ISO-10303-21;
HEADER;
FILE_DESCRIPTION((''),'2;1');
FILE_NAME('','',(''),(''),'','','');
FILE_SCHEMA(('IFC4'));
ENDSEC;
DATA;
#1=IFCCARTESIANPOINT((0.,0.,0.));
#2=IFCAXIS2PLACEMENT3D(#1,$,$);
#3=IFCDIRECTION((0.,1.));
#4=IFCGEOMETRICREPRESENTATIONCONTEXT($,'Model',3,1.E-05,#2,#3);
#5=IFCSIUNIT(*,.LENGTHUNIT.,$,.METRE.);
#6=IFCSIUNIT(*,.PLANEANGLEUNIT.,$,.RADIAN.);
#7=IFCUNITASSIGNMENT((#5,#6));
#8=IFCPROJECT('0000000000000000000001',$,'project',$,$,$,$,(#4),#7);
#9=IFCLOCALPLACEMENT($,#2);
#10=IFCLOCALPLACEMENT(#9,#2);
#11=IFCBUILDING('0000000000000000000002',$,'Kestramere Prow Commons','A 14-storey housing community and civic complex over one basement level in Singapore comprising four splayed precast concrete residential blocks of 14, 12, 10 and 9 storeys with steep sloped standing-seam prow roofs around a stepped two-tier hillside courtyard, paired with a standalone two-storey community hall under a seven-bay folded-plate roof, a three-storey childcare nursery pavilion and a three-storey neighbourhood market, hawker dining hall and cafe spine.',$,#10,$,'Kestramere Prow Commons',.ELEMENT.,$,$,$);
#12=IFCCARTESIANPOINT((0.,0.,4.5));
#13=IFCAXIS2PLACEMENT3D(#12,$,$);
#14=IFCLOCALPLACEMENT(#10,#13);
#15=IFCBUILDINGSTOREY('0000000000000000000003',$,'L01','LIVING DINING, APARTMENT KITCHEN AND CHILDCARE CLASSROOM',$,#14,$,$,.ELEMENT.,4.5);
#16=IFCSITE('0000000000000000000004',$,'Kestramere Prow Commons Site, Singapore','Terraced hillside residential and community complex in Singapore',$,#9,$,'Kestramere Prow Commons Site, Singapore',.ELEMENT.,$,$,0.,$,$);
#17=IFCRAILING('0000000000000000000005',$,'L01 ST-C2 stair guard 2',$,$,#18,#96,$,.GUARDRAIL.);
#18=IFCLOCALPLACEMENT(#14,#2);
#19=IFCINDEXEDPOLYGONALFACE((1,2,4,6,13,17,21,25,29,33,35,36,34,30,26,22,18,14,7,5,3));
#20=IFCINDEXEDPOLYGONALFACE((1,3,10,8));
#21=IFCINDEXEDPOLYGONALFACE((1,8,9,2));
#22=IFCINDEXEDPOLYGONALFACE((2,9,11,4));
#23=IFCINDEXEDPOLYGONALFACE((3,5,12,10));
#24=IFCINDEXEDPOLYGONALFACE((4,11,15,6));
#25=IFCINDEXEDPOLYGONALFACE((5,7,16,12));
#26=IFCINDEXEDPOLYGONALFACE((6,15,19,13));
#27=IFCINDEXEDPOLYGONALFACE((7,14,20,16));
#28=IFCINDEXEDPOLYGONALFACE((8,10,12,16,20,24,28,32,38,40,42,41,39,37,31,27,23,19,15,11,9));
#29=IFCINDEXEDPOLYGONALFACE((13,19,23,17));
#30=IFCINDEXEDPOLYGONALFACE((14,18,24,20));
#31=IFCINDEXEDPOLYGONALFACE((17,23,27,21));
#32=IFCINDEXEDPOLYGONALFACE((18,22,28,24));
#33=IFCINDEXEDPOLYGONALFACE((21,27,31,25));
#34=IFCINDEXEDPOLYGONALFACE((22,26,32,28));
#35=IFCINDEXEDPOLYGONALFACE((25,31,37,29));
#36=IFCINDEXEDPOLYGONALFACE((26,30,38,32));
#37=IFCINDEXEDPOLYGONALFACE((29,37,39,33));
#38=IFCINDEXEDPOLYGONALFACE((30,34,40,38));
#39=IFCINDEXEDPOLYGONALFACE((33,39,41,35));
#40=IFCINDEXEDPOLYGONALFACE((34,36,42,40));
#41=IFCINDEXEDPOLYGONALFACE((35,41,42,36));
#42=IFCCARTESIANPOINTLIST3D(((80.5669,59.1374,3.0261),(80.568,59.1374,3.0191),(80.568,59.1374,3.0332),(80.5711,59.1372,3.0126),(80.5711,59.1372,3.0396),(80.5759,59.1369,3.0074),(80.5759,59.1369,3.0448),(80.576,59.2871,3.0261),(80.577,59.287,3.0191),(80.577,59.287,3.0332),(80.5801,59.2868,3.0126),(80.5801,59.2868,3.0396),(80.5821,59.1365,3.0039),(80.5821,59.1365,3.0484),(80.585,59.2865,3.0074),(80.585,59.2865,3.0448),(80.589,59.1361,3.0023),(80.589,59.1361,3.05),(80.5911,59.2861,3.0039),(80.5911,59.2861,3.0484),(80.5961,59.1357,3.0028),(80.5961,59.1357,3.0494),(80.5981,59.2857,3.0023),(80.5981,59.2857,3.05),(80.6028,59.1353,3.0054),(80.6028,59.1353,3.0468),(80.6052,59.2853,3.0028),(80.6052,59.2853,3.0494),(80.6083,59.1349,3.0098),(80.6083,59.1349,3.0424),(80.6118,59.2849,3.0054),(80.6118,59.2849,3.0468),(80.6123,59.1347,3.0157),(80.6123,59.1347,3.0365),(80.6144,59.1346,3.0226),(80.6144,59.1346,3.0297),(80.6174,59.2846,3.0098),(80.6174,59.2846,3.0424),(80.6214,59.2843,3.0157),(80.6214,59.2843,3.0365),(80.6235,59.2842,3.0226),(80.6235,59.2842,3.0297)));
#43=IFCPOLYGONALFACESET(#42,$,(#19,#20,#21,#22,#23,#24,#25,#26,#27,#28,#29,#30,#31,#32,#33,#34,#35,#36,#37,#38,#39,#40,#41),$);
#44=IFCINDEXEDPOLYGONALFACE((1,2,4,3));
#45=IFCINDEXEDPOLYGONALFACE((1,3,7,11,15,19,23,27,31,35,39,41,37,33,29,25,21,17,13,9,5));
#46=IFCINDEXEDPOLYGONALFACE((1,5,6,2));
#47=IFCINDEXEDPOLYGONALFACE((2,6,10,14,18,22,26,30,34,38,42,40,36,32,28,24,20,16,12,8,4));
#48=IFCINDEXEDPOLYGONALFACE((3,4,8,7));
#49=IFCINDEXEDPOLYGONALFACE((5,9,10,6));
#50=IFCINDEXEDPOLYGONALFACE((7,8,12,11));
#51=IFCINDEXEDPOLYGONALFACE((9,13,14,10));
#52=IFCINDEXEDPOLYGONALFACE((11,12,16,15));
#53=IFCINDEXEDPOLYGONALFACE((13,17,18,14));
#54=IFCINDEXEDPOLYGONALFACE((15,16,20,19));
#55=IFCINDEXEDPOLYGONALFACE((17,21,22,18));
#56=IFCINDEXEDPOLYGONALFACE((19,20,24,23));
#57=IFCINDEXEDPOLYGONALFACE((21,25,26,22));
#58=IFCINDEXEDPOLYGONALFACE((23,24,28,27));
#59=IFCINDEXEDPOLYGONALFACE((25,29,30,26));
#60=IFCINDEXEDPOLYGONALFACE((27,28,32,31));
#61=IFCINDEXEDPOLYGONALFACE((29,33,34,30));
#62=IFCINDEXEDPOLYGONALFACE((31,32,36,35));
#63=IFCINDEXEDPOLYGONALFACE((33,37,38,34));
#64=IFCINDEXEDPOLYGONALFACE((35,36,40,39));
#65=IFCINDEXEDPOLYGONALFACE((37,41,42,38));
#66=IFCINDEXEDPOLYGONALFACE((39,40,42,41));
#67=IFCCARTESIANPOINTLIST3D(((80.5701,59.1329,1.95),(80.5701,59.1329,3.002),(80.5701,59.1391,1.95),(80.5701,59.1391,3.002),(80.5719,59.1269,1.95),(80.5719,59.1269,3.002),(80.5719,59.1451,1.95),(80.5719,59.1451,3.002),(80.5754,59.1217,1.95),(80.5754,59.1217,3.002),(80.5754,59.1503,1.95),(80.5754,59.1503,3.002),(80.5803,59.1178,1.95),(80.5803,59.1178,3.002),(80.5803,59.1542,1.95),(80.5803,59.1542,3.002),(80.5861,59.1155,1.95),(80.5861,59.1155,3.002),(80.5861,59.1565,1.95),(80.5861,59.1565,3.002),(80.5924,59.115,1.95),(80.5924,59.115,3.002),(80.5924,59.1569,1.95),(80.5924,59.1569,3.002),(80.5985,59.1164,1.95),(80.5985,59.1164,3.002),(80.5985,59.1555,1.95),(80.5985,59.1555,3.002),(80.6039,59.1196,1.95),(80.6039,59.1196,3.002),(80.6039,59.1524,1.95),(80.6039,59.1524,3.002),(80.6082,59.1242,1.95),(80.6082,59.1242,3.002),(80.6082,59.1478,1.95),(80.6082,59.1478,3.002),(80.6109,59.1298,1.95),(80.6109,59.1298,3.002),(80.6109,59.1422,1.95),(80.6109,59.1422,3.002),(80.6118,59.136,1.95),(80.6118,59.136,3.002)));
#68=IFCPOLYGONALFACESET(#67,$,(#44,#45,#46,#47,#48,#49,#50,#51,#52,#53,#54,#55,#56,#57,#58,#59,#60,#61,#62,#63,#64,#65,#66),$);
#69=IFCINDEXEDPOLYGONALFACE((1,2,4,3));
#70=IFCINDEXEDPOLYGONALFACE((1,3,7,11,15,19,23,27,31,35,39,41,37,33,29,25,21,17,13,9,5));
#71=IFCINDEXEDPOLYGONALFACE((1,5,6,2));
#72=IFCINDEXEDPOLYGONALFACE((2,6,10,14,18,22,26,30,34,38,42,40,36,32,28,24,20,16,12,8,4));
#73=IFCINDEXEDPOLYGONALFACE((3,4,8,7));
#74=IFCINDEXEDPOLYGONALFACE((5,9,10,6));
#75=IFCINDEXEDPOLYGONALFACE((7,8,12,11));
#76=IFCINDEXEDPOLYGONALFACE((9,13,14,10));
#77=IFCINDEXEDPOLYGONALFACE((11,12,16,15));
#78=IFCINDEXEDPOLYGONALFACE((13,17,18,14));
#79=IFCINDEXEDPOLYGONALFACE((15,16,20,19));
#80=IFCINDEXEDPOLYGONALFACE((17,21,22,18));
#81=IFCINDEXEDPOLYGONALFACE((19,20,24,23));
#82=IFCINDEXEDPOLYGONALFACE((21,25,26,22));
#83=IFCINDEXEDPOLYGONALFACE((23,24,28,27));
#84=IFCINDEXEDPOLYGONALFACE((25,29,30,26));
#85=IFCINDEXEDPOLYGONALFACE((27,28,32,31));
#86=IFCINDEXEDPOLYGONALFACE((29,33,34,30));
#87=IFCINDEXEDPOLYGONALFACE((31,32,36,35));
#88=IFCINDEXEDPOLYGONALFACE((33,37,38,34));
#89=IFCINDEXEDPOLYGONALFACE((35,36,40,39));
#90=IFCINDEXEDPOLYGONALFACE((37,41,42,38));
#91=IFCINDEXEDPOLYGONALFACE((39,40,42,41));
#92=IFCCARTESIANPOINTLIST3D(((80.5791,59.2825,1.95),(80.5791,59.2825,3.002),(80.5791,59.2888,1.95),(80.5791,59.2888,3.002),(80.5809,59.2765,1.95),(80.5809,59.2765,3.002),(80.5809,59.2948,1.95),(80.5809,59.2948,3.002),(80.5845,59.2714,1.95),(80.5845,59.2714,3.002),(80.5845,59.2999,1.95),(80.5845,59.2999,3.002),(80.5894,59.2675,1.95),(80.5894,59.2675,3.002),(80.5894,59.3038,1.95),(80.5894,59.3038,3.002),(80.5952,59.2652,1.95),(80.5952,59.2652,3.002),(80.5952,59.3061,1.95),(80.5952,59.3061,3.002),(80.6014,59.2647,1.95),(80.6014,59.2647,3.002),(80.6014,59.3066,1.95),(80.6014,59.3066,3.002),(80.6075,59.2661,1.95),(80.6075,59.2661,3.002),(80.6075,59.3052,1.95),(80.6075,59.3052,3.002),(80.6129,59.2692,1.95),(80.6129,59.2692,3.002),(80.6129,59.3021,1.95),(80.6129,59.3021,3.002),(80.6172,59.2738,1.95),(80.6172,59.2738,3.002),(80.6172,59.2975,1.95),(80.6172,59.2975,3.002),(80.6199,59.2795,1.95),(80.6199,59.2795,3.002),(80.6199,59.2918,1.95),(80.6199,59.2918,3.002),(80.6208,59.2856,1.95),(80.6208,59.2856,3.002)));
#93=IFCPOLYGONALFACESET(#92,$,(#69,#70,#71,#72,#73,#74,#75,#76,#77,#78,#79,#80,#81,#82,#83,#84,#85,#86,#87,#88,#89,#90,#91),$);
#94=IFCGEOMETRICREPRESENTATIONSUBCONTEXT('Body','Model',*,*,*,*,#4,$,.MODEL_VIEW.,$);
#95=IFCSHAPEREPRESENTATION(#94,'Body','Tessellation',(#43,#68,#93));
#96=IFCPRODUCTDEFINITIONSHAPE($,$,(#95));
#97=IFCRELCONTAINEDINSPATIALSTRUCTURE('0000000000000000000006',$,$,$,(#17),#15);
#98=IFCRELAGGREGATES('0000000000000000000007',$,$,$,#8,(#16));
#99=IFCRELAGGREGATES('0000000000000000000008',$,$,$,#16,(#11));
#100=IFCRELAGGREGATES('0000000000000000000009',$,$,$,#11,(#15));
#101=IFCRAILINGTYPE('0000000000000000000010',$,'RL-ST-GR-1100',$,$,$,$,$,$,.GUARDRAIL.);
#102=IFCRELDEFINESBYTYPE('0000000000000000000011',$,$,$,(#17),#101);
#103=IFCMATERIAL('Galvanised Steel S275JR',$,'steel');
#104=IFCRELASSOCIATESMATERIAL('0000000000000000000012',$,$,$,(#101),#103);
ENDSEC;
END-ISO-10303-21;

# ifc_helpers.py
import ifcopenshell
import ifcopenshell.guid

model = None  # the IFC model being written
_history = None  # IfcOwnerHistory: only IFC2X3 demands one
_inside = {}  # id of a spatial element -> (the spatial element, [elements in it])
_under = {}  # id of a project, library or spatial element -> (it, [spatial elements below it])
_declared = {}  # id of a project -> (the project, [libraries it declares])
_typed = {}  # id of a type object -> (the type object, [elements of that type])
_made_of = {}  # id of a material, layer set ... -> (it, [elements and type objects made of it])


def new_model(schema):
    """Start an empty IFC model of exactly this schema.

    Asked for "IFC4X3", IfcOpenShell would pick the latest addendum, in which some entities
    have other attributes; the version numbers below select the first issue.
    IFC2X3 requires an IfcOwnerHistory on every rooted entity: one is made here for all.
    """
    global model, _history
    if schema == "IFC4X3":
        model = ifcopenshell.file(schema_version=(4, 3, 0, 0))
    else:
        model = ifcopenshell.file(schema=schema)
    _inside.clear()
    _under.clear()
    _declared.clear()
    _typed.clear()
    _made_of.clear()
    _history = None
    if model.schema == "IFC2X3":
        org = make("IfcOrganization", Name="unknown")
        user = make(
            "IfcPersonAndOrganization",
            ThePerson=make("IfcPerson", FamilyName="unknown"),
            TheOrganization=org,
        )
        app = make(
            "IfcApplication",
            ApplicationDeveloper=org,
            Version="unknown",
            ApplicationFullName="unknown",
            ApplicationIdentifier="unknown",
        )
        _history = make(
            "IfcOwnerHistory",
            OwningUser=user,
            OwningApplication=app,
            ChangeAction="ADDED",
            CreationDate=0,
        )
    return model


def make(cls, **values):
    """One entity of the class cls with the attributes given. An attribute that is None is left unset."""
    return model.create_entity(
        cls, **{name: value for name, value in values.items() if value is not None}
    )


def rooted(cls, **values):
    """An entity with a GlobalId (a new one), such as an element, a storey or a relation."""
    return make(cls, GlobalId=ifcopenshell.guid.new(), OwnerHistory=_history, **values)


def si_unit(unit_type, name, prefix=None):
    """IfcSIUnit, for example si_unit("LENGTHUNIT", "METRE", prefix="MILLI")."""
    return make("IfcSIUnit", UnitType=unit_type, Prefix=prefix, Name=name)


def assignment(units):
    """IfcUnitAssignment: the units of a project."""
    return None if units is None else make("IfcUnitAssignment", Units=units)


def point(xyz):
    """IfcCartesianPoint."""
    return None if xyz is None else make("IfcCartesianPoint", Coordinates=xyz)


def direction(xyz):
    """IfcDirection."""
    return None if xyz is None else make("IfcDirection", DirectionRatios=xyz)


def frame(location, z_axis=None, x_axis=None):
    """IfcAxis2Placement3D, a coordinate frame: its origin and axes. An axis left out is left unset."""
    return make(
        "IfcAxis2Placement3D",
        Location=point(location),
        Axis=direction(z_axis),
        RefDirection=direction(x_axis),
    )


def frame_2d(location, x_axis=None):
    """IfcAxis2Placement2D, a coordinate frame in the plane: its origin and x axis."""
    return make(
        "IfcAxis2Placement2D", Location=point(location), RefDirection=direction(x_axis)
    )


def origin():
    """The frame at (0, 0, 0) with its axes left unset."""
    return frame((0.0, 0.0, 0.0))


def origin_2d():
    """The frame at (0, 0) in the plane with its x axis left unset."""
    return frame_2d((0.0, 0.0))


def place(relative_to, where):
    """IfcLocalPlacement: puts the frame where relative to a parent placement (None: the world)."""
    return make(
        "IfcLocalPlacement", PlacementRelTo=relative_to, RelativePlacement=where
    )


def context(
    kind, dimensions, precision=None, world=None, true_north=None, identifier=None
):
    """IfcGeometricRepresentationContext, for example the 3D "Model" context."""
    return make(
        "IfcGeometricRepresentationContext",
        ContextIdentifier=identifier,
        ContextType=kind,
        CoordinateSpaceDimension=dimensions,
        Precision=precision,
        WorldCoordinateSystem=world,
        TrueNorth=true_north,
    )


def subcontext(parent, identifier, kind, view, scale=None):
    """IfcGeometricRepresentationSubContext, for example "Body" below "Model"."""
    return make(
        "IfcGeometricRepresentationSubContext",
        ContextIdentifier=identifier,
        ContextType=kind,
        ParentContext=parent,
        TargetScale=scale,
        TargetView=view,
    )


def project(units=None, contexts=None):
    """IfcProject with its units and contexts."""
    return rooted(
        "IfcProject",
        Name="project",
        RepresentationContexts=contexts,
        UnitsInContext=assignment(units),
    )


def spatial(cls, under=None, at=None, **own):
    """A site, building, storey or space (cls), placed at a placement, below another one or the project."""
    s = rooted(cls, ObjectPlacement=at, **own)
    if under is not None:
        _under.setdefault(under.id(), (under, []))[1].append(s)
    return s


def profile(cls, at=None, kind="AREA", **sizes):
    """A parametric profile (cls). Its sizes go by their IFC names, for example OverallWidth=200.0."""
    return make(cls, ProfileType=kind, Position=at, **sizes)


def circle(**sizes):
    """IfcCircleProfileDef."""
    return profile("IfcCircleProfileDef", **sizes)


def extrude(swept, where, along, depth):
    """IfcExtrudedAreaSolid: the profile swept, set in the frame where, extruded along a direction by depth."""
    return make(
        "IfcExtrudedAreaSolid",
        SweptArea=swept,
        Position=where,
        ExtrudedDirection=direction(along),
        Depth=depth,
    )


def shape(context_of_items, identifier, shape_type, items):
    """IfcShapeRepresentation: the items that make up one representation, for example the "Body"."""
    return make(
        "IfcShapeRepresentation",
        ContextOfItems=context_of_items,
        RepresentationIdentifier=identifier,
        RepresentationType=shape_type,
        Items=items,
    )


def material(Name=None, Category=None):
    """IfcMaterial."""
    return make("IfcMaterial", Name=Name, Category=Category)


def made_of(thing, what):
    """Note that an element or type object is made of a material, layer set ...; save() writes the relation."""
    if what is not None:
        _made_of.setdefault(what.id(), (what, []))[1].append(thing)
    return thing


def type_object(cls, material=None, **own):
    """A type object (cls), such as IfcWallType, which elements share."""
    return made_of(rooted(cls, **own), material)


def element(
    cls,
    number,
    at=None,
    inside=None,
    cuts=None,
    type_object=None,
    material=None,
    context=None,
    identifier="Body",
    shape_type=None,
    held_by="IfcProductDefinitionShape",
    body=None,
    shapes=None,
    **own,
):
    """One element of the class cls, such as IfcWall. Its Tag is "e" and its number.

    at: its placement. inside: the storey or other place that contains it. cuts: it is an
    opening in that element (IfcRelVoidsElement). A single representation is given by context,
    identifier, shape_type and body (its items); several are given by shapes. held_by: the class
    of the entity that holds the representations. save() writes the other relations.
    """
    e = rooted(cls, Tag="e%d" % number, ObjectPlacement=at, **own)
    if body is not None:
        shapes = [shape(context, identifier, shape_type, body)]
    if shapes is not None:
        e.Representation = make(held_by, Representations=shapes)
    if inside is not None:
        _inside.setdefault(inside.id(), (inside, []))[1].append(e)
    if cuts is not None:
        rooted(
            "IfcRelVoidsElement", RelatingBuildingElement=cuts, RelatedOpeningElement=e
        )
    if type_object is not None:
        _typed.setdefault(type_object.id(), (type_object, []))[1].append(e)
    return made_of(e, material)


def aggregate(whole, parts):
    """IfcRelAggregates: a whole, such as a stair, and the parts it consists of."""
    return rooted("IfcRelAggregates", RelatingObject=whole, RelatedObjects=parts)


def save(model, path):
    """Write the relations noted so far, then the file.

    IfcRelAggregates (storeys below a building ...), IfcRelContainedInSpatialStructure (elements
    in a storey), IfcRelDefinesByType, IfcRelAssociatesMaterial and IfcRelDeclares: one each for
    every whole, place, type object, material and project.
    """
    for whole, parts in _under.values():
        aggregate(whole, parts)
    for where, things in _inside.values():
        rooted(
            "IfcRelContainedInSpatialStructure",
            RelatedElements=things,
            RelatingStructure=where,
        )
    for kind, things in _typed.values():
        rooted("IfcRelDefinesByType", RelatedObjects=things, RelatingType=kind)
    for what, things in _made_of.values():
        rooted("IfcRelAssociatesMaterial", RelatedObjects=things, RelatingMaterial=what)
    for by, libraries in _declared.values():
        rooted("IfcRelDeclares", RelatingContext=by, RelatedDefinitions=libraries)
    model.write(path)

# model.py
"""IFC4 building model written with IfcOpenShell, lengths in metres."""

from ifc_helpers import new_model, si_unit, direction, frame, origin, origin_2d, place, context, subcontext, project, spatial, circle, extrude, material, type_object, element, save


model = new_model("IFC4")

# Units and contexts
model_context = context("Model", 3, precision=1e-05, world=origin(), true_north=direction((0.0, 1.0)))
body_context = subcontext(model_context, "Body", "Model", "MODEL_VIEW")
ifc_project = project(units=[si_unit("LENGTHUNIT", "METRE"), si_unit("PLANEANGLEUNIT", "RADIAN")], contexts=[model_context])

# Site, building, storey
site_placement = place(None, origin())
site = spatial("IfcSite", under=ifc_project, at=site_placement, Name="Kestramere Prow Commons Site, Singapore", Description="Terraced hillside residential and community complex in Singapore", LongName="Kestramere Prow Commons Site, Singapore", CompositionType="ELEMENT", RefElevation=0.0)
building_placement = place(site_placement, origin())
building = spatial("IfcBuilding", under=site, at=building_placement, Name="Kestramere Prow Commons", Description="A 14-storey housing community and civic complex over one basement level in Singapore comprising four splayed precast concrete residential blocks of 14, 12, 10 and 9 storeys with steep sloped standing-seam prow roofs around a stepped two-tier hillside courtyard, paired with a standalone two-storey community hall under a seven-bay folded-plate roof, a three-storey childcare nursery pavilion and a three-storey neighbourhood market, hawker dining hall and cafe spine.", LongName="Kestramere Prow Commons", CompositionType="ELEMENT")
storey_placement = place(building_placement, frame((0.0, 0.0, 4.5)))
storey = spatial("IfcBuildingStorey", under=building, at=storey_placement, Name="L01", Description="LIVING DINING, APARTMENT KITCHEN AND CHILDCARE CLASSROOM", CompositionType="ELEMENT", Elevation=4.5)

# Railing
ifc_material_1 = material(Name="Galvanised Steel S275JR", Category="steel")
railing_type_1 = type_object("IfcRailingType", Name="RL-ST-GR-1100", PredefinedType="GUARDRAIL", material=ifc_material_1)
railing_1_placement = place(storey_placement, frame((80.5908, 59.136, 1.95)))
element("IfcRailing", 1, at=railing_1_placement, inside=storey, type_object=railing_type_1, Name="L01 ST-C2 stair guard 2", PredefinedType="GUARDRAIL", context=body_context, shape_type="SweptSolid", body=[
    extrude(circle(Radius=0.0239, at=origin_2d()), frame((0.0, 0.0, 1.0762), z_axis=(0.060249, 0.998183, 0.0), x_axis=(-0.998183, 0.060249, 0.0)), (0.0, 0.0, 1.0), 0.1499),
    extrude(circle(Radius=0.021, at=origin_2d()), origin(), (0.0, 0.0, 1.0), 1.052),
    extrude(circle(Radius=0.021, at=origin_2d()), frame((0.009, 0.1497, 0.0)), (0.0, 0.0, 1.0), 1.052),
])

save(model, "model.ifc")
